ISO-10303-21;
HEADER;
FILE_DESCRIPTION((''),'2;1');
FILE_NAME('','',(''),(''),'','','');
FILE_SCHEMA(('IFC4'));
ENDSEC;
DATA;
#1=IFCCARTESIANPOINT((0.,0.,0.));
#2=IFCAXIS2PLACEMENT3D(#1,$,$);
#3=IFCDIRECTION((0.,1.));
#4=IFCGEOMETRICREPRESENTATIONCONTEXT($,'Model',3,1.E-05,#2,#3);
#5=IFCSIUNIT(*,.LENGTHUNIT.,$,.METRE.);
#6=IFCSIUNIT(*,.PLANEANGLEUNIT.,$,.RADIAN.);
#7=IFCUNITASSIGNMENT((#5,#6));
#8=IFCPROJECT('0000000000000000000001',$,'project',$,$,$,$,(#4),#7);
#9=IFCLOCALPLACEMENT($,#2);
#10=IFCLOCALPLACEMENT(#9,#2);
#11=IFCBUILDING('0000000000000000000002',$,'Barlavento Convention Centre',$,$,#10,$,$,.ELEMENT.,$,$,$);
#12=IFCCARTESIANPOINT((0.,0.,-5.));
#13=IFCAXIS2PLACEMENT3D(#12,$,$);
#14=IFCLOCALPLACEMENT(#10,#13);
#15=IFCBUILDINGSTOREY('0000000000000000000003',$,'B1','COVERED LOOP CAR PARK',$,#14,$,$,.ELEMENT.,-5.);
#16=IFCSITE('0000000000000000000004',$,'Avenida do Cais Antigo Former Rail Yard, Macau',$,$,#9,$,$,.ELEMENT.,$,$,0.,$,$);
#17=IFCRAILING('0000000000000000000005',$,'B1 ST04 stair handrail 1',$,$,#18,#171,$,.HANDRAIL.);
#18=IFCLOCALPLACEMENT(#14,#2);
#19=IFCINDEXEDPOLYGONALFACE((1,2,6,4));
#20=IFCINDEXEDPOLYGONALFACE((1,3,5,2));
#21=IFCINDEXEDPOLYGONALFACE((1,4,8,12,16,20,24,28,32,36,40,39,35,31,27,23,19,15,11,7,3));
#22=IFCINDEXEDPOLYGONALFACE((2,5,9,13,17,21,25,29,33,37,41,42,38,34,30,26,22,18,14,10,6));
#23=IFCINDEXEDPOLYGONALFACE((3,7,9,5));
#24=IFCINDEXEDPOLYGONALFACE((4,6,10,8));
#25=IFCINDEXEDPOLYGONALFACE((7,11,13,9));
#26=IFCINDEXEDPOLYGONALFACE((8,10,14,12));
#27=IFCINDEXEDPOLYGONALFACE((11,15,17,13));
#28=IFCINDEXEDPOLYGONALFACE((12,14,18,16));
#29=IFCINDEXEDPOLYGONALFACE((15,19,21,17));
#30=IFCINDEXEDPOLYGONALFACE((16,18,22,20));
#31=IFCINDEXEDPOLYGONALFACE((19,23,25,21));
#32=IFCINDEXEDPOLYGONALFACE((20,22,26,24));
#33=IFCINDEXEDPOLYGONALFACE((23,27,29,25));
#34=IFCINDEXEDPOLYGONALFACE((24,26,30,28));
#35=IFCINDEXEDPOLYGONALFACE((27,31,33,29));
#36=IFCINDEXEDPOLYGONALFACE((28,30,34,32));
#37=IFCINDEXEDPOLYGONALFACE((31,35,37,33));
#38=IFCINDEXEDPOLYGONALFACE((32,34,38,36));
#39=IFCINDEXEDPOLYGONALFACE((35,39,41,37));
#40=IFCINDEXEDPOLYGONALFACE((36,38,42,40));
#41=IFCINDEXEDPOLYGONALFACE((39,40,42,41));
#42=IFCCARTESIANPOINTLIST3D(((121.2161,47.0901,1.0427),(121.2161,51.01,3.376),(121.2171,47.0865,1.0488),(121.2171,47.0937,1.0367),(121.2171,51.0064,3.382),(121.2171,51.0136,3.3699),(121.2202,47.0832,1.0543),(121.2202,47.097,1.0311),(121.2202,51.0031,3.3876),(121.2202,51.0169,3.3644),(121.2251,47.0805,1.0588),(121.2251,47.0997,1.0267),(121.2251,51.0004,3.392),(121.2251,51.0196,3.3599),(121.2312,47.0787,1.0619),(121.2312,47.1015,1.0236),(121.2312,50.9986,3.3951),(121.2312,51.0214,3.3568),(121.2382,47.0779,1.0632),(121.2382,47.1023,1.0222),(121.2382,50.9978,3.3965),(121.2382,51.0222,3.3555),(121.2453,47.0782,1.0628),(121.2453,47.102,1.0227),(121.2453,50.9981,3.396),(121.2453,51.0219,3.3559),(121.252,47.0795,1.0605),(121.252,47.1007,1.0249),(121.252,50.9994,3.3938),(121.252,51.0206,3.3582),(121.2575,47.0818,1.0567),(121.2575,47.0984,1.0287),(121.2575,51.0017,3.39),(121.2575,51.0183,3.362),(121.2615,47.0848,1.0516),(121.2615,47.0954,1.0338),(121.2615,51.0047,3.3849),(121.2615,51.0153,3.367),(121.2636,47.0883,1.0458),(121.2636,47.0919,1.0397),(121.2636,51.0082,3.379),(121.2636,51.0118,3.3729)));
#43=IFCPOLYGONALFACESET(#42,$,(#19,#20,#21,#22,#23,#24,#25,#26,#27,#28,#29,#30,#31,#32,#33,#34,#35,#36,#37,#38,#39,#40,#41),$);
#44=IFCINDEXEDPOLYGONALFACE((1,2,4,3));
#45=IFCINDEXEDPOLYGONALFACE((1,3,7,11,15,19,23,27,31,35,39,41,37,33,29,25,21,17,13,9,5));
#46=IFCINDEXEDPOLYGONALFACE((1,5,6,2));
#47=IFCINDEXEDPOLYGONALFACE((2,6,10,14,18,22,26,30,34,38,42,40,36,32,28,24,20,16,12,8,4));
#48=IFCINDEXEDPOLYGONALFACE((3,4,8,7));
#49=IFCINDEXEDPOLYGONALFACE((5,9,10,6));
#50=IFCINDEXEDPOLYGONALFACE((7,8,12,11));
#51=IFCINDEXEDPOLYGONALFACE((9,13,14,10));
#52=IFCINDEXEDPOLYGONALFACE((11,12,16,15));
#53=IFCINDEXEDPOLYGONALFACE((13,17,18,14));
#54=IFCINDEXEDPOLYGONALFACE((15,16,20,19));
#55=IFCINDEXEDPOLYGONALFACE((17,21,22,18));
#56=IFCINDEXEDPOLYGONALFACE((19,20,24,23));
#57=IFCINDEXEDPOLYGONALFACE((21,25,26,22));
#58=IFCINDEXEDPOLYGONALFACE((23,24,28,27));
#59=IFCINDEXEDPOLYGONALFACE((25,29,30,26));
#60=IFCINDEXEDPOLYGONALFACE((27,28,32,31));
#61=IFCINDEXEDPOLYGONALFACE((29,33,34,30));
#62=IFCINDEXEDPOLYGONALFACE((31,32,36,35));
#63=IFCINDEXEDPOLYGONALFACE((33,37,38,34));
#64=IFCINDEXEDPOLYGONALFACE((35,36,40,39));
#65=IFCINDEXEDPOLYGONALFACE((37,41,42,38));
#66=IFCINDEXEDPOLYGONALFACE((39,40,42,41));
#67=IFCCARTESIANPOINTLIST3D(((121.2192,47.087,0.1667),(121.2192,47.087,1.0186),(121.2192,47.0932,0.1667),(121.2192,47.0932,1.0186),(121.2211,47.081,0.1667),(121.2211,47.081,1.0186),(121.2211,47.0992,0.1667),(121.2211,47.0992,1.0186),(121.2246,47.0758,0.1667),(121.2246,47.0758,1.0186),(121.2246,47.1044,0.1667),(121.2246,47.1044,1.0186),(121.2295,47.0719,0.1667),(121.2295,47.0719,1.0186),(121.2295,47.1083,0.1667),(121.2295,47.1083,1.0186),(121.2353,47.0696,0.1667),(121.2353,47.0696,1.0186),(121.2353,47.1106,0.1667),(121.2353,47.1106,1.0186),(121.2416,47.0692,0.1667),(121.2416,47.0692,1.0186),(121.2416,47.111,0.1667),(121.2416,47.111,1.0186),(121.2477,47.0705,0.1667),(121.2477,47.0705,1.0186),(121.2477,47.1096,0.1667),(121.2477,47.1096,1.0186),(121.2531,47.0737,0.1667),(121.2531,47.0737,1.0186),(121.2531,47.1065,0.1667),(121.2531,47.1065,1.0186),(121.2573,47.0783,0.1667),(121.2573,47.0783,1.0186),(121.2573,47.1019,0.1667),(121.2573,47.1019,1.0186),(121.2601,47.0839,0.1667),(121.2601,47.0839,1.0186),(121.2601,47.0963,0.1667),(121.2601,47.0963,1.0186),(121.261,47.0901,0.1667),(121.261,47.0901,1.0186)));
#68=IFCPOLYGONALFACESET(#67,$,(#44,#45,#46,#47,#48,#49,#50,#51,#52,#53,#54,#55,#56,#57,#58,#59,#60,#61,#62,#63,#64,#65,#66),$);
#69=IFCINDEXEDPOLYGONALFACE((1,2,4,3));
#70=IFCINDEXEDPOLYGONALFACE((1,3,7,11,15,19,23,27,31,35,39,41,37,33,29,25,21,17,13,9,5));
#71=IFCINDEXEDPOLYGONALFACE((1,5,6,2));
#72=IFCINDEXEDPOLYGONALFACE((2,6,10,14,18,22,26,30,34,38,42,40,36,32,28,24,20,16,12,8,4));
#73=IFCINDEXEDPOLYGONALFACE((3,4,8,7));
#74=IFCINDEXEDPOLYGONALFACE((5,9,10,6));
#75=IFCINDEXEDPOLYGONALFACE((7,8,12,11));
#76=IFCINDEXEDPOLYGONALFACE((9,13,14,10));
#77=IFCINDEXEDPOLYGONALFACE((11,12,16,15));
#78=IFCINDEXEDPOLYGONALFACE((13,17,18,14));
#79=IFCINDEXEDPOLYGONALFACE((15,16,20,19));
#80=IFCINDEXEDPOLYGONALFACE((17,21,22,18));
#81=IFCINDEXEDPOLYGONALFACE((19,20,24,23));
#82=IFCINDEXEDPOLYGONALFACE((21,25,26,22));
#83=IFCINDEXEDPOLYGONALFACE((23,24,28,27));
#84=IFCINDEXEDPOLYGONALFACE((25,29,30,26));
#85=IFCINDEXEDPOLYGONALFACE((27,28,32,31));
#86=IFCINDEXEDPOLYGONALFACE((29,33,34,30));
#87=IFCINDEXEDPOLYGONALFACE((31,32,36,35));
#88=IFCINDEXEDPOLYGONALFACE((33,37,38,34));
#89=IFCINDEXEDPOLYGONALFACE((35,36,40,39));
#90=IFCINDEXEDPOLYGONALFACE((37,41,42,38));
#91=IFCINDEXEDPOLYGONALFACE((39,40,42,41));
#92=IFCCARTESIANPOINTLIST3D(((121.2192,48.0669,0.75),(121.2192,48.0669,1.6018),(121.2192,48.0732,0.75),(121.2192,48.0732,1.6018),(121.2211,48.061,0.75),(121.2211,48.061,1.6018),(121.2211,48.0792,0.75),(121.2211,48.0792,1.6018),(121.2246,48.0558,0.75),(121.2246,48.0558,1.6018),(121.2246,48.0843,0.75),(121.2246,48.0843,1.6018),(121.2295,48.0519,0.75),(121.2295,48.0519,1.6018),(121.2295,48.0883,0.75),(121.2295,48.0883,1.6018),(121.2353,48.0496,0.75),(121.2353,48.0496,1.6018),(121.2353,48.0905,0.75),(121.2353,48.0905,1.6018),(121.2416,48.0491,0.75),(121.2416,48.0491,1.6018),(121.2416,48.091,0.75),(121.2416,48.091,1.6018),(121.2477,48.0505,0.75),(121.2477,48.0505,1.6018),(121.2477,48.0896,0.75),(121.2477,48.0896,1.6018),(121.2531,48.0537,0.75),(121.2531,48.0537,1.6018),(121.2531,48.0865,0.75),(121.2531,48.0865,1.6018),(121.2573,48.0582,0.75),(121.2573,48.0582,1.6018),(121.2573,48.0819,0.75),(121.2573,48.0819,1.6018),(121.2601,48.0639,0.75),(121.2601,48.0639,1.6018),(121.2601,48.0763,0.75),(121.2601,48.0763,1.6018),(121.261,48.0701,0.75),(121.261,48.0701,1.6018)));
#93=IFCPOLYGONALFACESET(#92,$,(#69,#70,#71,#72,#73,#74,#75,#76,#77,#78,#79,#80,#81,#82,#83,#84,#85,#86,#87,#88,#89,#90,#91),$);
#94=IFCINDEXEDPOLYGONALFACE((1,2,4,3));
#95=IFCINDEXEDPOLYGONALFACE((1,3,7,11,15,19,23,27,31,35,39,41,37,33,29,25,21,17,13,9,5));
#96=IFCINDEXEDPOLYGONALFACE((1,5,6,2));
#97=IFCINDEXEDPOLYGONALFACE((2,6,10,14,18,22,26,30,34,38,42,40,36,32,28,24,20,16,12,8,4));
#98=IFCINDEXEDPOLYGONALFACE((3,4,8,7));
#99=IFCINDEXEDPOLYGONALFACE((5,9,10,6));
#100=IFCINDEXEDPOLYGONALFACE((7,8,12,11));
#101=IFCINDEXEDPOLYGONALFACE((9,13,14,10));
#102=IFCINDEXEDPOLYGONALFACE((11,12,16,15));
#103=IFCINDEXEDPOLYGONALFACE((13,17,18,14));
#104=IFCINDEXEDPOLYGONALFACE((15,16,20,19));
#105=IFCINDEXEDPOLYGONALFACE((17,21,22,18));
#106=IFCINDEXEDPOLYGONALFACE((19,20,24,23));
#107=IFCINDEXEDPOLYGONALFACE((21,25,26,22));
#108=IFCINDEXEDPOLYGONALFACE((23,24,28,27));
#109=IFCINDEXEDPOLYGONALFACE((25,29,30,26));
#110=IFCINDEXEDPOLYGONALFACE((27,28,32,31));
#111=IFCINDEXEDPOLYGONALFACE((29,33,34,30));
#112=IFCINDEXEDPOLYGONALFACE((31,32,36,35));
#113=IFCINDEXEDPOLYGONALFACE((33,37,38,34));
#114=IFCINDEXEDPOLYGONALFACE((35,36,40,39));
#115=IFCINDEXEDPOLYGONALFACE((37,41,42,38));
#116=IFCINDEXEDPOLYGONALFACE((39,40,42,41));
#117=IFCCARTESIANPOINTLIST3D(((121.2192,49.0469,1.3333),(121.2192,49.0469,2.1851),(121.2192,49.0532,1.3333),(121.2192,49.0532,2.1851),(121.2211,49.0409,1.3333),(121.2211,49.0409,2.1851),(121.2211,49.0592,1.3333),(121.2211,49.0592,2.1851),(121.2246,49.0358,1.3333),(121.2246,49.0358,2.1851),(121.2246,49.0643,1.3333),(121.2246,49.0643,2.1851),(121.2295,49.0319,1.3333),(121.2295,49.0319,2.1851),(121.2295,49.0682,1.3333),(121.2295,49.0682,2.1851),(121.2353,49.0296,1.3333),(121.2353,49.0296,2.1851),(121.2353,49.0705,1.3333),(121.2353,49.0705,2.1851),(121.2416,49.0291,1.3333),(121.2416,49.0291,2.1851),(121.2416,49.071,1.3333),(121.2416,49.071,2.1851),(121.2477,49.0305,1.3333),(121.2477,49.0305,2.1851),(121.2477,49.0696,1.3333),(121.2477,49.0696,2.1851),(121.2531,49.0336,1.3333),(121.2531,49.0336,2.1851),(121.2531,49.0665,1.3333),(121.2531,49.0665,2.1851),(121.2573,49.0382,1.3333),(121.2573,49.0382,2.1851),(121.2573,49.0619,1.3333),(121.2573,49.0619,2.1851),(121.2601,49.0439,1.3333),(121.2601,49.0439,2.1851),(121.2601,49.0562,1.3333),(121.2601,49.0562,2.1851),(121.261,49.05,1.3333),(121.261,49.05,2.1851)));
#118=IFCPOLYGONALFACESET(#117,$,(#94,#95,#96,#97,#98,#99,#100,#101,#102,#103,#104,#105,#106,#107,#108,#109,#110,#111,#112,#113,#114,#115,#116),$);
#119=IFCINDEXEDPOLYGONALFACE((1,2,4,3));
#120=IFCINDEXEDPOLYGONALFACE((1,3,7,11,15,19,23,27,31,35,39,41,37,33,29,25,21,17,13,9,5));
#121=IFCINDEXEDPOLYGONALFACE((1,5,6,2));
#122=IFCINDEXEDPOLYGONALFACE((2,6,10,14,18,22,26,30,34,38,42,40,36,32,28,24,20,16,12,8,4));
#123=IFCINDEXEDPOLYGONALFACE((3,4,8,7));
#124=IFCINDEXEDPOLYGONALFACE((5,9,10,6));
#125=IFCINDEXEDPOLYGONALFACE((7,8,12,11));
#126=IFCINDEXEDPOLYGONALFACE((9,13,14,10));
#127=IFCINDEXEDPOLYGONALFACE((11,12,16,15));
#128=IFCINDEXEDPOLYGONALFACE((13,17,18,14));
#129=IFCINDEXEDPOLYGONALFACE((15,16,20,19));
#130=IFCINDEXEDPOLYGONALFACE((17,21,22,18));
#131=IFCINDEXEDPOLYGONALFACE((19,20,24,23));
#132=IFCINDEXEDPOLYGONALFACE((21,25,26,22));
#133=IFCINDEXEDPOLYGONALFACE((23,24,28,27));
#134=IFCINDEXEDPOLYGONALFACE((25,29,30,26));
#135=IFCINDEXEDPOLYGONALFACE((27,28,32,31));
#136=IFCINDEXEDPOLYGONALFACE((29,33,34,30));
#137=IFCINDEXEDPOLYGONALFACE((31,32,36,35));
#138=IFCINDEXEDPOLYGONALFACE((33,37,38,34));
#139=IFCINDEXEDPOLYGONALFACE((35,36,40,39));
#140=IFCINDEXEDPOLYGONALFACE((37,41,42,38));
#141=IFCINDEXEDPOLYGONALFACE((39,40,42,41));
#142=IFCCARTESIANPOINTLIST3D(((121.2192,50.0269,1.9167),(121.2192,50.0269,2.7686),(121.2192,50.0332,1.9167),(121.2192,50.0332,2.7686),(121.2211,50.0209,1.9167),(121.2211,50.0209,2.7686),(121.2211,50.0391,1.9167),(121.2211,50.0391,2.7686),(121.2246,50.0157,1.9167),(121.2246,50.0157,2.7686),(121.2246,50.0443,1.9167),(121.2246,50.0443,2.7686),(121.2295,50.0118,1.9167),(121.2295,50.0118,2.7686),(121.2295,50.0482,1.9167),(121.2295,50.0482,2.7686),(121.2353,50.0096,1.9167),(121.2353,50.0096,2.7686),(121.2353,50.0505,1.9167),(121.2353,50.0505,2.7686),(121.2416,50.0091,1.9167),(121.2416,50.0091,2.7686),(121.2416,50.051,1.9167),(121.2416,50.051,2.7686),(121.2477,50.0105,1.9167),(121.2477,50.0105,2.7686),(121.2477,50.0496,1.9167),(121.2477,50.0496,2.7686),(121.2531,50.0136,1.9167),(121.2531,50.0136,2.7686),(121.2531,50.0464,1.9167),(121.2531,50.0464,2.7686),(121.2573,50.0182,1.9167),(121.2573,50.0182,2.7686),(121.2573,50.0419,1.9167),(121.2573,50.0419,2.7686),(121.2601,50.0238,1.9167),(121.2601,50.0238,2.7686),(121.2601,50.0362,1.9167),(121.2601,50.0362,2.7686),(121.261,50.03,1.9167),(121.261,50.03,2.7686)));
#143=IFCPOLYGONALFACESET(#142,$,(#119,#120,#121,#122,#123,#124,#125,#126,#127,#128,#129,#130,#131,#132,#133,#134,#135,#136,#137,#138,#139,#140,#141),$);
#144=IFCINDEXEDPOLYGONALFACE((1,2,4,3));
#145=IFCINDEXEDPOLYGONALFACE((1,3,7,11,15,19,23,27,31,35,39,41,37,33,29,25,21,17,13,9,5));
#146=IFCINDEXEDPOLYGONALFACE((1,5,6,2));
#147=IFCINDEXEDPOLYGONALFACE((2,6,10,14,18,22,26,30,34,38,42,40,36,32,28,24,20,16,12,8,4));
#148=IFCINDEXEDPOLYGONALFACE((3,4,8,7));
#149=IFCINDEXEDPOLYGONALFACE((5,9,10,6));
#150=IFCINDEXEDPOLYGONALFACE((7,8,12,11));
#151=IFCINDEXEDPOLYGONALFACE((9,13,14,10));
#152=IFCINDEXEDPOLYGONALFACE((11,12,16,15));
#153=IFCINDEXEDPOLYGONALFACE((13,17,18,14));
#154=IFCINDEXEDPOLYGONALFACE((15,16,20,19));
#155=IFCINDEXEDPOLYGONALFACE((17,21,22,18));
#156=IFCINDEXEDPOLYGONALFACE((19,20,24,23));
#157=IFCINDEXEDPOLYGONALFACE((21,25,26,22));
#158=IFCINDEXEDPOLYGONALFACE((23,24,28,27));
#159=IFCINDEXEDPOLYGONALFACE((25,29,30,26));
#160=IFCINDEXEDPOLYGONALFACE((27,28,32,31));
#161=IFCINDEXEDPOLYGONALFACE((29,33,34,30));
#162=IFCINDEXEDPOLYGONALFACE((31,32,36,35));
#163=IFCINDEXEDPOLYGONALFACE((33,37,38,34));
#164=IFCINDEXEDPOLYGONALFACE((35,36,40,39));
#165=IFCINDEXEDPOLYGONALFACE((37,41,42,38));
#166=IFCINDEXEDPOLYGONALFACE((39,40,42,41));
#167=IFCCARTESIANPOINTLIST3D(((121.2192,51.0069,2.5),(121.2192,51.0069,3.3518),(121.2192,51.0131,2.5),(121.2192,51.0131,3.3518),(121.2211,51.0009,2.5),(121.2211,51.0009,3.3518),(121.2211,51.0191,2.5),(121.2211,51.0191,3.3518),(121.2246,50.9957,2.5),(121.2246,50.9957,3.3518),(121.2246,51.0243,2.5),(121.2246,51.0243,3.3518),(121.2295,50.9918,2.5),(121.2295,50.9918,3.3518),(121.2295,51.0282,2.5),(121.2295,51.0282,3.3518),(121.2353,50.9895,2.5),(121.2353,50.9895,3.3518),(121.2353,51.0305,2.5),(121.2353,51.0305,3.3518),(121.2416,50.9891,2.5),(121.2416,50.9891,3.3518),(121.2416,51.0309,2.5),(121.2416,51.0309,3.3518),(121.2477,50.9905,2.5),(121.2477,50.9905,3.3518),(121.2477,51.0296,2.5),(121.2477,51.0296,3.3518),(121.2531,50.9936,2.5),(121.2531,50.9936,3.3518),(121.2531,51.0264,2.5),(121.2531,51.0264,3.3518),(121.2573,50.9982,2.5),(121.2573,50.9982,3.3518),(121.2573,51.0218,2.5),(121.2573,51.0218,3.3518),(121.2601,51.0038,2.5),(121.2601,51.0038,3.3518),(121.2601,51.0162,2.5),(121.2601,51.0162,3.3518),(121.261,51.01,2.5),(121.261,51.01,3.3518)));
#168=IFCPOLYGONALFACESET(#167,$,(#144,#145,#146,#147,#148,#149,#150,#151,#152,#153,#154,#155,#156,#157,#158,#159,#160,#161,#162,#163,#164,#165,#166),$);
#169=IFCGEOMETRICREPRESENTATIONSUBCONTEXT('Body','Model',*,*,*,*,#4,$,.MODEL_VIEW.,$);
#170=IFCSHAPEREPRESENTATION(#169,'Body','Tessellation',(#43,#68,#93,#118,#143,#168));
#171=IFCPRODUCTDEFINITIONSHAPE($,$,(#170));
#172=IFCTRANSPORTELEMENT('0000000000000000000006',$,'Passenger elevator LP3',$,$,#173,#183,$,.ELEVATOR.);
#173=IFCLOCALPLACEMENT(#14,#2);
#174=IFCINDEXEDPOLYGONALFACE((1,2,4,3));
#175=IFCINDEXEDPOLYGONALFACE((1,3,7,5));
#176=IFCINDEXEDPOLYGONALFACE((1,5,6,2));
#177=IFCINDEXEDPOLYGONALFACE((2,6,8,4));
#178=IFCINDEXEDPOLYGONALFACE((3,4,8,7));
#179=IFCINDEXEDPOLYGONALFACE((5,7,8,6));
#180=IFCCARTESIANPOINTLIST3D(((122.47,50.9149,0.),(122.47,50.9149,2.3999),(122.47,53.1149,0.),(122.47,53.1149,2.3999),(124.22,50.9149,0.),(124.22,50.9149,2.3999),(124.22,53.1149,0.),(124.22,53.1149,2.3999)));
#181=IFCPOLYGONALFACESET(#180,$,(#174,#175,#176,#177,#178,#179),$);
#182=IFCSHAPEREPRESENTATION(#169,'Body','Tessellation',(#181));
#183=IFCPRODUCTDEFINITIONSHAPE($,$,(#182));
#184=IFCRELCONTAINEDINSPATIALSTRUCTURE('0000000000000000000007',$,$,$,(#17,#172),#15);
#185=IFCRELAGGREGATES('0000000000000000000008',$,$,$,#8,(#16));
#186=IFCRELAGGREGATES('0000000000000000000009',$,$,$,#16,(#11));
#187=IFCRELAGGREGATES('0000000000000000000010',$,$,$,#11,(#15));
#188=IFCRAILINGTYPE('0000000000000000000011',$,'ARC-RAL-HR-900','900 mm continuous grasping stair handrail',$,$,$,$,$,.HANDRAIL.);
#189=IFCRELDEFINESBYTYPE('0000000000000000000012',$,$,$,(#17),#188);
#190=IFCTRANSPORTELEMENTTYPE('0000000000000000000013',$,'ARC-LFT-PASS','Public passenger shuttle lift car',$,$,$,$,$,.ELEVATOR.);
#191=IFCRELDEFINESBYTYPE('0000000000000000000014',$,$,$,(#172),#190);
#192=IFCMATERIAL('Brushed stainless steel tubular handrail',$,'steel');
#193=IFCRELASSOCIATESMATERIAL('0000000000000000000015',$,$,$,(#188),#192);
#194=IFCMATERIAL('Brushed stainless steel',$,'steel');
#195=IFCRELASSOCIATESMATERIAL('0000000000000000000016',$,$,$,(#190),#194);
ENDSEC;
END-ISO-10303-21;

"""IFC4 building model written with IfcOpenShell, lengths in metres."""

from ifc_helpers import new_model, si_unit, direction, frame, origin, origin_2d, place, context, subcontext, project, spatial, rectangle, circle, extrude, material, type_object, element, save


model = new_model("IFC4")

# Units and contexts
model_context = context("Model", 3, precision=1e-05, world=origin(), true_north=direction((0.0, 1.0)))
body_context = subcontext(model_context, "Body", "Model", "MODEL_VIEW")
ifc_project = project(units=[si_unit("LENGTHUNIT", "METRE"), si_unit("PLANEANGLEUNIT", "RADIAN")], contexts=[model_context])

# Site, building, storey
site_placement = place(None, origin())
site = spatial("IfcSite", under=ifc_project, at=site_placement, Name="Avenida do Cais Antigo Former Rail Yard, Macau", CompositionType="ELEMENT", RefElevation=0.0)
building_placement = place(site_placement, origin())
building = spatial("IfcBuilding", under=site, at=building_placement, Name="Barlavento Convention Centre", CompositionType="ELEMENT")
storey_placement = place(building_placement, frame((0.0, 0.0, -5.0)))
storey = spatial("IfcBuildingStorey", under=building, at=storey_placement, Name="B1", Description="COVERED LOOP CAR PARK", CompositionType="ELEMENT", Elevation=-5.0)

# Shared definitions
ifc_material_1 = material(Name="Brushed stainless steel", Category="steel")

# Railing
ifc_material_2 = material(Name="Brushed stainless steel tubular handrail", Category="steel")
railing_type_1 = type_object("IfcRailingType", Name="ARC-RAL-HR-900", Description="900 mm continuous grasping stair handrail", PredefinedType="HANDRAIL", material=ifc_material_2)
railing_1_placement = place(storey_placement, frame((121.24, 47.0901, 0.1667)))
element("IfcRailing", 1, at=railing_1_placement, inside=storey, type_object=railing_type_1, Name="B1 ST04 stair handrail 1", PredefinedType="HANDRAIL", context=body_context, shape_type="SweptSolid", body=[
    extrude(circle(Radius=0.0239, at=origin_2d()), frame((0.0, 0.0, 0.876), z_axis=(0.0, 0.859296, 0.511478), x_axis=(-1.0, 0.0, 0.0)), (0.0, 0.0, 1.0), 4.5618),
    extrude(circle(Radius=0.021, at=origin_2d()), origin(), (0.0, 0.0, 1.0), 0.8518),
    extrude(circle(Radius=0.021, at=origin_2d()), frame((0.0, 0.98, 0.5833)), (0.0, 0.0, 1.0), 0.8518),
    extrude(circle(Radius=0.021, at=origin_2d()), frame((0.0, 1.96, 1.1665)), (0.0, 0.0, 1.0), 0.8518),
    extrude(circle(Radius=0.021, at=origin_2d()), frame((0.0, 2.9399, 1.75)), (0.0, 0.0, 1.0), 0.8518),
    extrude(circle(Radius=0.021, at=origin_2d()), frame((0.0, 3.9199, 2.3333)), (0.0, 0.0, 1.0), 0.8518),
])

# Transport element
transport_element_type = type_object("IfcTransportElementType", Name="ARC-LFT-PASS", Description="Public passenger shuttle lift car", PredefinedType="ELEVATOR", material=ifc_material_1)
transport_element_placement = place(storey_placement, frame((123.345, 52.0149, 0.0), z_axis=(0.0, 0.0, 1.0), x_axis=(1.0, 0.0, 0.0)))
element("IfcTransportElement", 2, at=transport_element_placement, inside=storey, type_object=transport_element_type, Name="Passenger elevator LP3", PredefinedType="ELEVATOR", context=body_context, shape_type="SweptSolid", body=[
    extrude(rectangle(XDim=1.75, YDim=2.2, at=origin_2d()), origin(), (0.0, 0.0, 1.0), 2.3999),
])

save(model, "model.ifc")
